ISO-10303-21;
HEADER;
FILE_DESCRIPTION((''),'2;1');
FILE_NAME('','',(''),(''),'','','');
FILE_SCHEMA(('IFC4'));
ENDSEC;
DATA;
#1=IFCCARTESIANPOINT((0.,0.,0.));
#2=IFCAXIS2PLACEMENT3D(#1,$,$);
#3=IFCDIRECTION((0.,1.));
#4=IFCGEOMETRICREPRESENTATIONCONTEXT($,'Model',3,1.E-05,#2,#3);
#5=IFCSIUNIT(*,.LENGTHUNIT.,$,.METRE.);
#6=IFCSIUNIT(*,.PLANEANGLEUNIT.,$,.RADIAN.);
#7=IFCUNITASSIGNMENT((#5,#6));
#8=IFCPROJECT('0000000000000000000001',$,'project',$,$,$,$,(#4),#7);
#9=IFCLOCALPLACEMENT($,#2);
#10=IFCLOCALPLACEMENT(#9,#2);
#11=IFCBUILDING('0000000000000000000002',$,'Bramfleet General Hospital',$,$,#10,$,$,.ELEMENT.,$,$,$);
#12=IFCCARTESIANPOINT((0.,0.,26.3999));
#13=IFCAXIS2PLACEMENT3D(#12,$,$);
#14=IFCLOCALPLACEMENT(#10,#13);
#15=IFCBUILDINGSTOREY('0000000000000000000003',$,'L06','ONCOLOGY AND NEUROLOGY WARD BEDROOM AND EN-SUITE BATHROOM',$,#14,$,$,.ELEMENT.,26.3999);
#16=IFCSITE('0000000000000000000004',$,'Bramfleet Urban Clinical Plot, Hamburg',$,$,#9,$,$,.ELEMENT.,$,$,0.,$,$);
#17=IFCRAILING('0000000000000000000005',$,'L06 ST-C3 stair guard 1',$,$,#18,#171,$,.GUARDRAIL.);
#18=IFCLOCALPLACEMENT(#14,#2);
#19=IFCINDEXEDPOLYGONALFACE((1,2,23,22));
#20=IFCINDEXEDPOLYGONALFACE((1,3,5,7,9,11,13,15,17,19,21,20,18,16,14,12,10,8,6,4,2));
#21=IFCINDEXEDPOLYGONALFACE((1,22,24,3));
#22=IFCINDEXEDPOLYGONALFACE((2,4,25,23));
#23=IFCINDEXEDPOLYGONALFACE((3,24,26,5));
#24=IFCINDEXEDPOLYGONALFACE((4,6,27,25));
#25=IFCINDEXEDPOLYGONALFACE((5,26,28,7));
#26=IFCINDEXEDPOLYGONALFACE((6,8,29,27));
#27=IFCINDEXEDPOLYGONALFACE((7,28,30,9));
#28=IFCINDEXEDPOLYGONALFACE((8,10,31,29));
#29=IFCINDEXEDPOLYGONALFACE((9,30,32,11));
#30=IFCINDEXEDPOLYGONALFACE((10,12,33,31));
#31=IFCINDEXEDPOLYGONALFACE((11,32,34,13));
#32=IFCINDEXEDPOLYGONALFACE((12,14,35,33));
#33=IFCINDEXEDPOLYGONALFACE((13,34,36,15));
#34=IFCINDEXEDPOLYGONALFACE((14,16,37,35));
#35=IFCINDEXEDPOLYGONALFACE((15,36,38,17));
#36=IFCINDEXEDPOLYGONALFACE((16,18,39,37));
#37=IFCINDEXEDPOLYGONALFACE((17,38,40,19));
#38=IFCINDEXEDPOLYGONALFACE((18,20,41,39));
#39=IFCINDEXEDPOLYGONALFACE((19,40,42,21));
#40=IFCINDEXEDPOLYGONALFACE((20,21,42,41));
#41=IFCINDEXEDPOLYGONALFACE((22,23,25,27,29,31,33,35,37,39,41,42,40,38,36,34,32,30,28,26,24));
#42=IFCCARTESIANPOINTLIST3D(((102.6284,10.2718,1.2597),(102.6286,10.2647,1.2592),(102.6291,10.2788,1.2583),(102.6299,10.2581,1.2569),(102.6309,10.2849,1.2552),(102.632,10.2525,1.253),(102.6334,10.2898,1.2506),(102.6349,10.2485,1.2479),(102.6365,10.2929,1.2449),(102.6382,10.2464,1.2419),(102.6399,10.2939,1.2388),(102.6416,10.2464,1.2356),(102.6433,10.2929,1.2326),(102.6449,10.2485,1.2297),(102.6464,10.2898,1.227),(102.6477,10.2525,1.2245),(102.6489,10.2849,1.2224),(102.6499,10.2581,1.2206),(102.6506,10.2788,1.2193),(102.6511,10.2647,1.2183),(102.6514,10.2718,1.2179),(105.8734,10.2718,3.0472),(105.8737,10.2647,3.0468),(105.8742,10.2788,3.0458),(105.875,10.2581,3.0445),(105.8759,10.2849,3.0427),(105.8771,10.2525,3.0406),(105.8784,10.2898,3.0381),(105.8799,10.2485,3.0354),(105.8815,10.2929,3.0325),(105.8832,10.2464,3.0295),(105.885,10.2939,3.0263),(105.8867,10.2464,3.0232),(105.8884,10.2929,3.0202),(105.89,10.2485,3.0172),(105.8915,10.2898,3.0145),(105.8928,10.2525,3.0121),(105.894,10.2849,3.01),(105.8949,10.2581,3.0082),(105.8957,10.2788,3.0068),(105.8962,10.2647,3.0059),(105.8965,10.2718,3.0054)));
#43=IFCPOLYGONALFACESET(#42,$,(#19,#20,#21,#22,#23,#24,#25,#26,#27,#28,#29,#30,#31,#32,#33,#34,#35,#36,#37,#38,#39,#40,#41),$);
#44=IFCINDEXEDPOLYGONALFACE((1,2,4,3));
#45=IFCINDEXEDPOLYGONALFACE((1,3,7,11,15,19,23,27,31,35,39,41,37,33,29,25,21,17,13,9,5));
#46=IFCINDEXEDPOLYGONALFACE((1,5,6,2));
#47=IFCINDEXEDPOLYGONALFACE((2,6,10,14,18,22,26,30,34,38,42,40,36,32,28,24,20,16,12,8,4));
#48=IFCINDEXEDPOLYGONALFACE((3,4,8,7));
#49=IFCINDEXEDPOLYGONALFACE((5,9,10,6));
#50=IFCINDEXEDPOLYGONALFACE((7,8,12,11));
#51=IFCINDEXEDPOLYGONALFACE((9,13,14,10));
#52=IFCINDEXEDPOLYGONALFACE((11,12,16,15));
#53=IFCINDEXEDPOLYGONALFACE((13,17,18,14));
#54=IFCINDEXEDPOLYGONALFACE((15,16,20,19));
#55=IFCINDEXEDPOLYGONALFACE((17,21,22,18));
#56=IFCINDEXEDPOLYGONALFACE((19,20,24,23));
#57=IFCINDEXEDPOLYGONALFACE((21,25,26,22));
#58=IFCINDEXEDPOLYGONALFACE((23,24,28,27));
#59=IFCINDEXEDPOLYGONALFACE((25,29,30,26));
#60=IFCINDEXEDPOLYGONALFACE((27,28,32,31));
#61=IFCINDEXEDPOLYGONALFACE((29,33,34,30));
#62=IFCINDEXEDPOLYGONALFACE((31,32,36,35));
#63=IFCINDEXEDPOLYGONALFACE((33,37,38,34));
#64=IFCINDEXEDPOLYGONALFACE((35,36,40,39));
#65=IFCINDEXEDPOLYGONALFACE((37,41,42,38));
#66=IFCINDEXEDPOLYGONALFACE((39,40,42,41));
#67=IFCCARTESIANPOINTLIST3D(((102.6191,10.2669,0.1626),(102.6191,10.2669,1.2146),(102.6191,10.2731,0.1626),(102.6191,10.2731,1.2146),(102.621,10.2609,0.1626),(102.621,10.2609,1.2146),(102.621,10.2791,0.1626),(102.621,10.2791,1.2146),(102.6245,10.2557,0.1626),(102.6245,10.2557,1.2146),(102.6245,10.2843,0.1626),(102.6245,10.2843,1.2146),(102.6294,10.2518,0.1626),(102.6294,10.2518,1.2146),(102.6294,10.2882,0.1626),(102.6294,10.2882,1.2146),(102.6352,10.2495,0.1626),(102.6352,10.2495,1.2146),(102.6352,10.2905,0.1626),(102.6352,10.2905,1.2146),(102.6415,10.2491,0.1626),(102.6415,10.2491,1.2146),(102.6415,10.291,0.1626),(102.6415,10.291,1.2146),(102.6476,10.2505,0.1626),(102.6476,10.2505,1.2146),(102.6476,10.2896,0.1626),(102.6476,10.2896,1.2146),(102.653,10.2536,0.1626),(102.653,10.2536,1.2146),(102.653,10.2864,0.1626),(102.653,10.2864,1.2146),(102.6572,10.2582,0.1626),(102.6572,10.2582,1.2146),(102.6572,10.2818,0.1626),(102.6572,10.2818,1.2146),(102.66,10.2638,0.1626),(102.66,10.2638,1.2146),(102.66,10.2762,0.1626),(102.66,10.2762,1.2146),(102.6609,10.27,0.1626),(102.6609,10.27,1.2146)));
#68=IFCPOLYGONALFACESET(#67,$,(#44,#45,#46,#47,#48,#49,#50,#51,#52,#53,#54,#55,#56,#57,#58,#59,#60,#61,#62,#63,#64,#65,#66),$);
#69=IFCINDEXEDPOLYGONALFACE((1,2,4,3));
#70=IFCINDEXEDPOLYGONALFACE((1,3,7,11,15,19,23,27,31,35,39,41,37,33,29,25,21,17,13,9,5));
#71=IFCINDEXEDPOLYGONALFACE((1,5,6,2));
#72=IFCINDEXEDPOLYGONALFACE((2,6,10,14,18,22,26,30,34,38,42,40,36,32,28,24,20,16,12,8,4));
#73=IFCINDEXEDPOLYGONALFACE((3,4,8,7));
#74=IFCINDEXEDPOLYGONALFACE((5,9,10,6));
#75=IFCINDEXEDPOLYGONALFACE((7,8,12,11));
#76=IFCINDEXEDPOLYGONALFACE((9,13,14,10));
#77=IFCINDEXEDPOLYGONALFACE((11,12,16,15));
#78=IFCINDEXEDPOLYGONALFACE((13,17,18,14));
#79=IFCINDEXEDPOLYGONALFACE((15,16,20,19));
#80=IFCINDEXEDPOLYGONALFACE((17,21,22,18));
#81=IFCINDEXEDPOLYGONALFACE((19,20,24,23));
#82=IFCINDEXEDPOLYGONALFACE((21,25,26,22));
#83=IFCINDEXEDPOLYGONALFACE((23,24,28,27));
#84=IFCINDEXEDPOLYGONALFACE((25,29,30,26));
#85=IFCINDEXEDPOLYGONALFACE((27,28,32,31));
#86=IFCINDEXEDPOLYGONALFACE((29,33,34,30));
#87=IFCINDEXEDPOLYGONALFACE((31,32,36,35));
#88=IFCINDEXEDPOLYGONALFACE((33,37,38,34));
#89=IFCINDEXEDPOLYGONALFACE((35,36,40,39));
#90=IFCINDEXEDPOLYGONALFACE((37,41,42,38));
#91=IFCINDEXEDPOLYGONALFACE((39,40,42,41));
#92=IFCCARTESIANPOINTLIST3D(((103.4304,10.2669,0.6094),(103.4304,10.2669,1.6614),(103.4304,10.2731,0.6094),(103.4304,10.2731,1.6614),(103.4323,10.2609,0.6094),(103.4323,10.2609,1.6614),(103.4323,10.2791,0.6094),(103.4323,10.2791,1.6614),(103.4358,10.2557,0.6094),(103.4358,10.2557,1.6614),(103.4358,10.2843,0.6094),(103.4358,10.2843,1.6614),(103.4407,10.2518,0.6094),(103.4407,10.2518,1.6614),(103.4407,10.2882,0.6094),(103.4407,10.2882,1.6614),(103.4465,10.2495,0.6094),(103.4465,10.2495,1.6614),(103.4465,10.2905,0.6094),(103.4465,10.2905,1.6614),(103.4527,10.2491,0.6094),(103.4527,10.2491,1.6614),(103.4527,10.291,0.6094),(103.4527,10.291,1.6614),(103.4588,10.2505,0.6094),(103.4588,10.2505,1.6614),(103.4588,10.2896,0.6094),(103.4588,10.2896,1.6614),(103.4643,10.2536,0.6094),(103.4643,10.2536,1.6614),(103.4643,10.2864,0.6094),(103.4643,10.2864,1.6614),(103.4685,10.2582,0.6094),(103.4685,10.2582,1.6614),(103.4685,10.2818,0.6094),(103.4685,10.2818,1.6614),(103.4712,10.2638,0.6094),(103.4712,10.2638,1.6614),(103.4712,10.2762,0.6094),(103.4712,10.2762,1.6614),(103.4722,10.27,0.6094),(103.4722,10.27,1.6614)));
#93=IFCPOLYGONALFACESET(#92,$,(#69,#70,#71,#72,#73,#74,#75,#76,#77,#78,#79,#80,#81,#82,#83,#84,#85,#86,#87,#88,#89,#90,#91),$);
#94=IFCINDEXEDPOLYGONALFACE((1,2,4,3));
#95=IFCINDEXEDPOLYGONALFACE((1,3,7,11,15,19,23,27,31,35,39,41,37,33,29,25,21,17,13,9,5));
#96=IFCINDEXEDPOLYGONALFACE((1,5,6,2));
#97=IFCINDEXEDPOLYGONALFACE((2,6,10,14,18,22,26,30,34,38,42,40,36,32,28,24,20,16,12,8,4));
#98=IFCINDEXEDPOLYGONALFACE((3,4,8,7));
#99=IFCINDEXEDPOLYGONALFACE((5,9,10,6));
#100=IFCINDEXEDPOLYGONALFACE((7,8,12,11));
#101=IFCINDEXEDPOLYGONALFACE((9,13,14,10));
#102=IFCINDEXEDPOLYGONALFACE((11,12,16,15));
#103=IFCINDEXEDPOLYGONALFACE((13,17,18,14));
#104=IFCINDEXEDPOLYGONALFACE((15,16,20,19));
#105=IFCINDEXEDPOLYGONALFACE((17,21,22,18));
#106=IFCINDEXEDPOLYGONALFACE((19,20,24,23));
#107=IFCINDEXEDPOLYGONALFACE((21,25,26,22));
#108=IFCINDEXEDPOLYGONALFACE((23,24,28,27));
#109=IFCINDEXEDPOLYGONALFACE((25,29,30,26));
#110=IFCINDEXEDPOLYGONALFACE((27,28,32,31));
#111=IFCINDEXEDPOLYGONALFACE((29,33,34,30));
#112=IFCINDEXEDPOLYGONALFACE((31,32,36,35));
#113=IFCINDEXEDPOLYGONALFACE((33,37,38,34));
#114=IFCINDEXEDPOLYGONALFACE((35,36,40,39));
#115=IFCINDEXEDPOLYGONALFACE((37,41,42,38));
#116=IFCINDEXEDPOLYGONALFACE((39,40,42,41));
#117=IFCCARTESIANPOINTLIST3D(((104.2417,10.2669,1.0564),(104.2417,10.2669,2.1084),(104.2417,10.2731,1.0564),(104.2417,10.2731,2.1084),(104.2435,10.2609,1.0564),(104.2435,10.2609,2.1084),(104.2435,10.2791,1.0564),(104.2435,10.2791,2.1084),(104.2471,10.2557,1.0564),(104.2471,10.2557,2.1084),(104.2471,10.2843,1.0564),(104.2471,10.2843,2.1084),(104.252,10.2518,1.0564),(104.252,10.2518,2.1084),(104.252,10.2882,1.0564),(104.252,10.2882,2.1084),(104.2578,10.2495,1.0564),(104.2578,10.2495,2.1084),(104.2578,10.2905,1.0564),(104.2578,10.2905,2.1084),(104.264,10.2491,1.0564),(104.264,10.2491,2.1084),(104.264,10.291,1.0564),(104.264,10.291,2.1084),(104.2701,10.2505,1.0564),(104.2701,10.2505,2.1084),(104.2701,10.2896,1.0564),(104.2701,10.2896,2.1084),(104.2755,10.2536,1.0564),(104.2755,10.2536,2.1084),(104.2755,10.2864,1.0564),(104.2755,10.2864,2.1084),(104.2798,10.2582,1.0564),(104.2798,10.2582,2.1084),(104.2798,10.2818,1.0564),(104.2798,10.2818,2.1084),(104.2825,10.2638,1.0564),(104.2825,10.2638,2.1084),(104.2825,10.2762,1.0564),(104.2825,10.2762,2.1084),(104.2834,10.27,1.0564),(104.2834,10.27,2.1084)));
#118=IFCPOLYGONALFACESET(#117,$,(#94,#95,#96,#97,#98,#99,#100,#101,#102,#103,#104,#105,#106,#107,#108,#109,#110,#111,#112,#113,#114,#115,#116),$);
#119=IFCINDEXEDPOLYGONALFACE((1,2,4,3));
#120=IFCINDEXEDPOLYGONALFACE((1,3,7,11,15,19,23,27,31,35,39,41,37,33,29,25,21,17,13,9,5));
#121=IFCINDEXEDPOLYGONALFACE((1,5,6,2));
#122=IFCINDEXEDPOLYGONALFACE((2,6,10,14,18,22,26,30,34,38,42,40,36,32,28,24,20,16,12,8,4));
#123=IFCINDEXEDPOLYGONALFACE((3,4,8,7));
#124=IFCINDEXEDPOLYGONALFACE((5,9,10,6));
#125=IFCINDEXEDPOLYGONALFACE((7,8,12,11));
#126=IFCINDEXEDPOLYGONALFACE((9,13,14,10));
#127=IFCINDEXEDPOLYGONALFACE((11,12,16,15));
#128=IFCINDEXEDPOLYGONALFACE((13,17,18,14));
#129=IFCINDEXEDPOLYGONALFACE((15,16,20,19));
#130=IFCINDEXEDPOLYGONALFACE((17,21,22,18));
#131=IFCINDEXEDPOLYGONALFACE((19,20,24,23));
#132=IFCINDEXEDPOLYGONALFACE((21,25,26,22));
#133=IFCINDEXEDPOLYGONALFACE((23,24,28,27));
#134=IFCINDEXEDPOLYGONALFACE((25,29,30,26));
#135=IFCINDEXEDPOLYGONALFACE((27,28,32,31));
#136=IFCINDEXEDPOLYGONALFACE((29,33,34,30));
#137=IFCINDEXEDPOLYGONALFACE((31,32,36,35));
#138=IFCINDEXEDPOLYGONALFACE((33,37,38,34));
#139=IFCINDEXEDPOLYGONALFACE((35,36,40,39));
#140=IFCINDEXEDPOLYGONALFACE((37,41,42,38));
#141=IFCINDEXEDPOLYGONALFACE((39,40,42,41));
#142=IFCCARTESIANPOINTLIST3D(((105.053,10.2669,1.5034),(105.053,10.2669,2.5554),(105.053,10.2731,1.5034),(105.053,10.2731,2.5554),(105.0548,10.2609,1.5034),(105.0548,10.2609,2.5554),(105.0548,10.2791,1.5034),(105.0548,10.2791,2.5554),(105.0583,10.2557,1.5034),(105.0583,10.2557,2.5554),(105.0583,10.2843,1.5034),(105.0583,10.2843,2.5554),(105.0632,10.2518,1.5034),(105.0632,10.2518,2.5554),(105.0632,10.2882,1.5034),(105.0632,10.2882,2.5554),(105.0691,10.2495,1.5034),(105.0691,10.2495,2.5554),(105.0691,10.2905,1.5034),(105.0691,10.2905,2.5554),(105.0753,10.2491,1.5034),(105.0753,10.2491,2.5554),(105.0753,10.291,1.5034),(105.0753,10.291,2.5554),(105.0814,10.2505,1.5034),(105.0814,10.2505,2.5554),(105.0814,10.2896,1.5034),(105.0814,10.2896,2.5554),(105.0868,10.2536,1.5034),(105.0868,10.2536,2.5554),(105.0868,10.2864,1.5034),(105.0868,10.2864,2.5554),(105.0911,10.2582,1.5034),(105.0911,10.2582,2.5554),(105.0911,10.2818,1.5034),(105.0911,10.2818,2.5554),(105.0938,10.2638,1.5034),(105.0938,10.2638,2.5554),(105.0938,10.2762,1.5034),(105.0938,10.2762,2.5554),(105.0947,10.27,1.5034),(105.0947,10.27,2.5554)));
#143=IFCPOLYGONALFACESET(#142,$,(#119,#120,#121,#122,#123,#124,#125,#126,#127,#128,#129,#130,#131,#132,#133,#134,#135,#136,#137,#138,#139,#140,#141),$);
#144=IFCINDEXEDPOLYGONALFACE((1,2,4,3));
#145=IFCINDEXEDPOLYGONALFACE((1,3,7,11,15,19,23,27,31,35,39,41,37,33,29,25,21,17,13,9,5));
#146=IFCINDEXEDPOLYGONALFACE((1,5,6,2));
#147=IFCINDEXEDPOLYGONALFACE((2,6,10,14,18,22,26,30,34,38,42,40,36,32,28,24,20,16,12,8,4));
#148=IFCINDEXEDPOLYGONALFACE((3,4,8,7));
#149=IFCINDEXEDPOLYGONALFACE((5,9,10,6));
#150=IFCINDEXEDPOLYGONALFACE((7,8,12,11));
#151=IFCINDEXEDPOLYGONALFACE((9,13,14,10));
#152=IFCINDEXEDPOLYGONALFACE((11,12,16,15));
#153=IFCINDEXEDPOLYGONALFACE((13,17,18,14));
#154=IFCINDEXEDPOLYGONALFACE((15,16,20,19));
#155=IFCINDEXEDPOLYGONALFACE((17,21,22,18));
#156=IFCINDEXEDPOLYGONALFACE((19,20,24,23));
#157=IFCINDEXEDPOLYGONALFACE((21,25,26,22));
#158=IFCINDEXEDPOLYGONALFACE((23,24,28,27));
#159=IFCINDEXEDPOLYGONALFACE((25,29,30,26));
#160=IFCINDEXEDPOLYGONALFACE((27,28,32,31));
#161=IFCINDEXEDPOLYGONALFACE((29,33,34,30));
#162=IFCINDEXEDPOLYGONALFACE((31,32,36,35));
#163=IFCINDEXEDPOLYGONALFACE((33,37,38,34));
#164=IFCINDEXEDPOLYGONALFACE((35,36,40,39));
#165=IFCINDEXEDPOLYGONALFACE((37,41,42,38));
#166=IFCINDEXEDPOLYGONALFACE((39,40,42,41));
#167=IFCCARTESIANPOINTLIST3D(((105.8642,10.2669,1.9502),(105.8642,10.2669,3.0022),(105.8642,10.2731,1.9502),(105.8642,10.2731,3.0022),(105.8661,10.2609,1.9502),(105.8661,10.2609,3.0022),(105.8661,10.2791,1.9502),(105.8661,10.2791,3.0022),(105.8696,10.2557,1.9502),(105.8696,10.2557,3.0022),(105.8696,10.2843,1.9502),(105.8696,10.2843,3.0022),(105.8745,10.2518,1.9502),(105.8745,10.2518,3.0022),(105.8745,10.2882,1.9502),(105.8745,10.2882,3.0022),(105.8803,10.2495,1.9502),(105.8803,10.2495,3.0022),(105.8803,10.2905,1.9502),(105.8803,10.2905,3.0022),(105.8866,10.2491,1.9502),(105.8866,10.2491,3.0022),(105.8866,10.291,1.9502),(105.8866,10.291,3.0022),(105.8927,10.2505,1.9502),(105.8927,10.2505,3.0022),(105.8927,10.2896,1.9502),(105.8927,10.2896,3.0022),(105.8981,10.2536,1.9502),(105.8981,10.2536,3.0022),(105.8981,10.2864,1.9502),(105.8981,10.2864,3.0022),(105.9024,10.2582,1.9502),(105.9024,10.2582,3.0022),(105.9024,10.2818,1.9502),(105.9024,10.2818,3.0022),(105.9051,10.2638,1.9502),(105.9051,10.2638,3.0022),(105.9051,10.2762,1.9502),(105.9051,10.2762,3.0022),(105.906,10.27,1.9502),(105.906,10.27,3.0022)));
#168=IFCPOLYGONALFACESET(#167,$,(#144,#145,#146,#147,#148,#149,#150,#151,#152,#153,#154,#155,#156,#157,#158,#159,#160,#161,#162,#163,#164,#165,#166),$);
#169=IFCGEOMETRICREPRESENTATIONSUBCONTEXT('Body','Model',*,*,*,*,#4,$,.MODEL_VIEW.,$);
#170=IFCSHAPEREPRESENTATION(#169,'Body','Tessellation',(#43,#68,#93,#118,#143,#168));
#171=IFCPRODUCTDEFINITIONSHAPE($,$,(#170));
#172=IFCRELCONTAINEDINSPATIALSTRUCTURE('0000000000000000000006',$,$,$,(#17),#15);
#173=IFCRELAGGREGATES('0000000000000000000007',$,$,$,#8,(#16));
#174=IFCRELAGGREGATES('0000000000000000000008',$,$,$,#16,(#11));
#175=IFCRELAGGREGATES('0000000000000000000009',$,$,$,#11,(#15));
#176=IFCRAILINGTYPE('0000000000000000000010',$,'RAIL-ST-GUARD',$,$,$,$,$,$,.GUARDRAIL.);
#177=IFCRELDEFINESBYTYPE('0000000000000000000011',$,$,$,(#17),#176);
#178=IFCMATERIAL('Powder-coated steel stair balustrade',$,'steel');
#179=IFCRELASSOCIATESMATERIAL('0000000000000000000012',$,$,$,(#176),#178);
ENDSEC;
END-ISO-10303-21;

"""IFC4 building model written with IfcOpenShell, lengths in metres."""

from ifc_helpers import new_model, si_unit, direction, frame, origin, origin_2d, place, context, subcontext, project, spatial, circle, extrude, material, type_object, element, save


model = new_model("IFC4")

# Units and contexts
model_context = context("Model", 3, precision=1e-05, world=origin(), true_north=direction((0.0, 1.0)))
body_context = subcontext(model_context, "Body", "Model", "MODEL_VIEW")
ifc_project = project(units=[si_unit("LENGTHUNIT", "METRE"), si_unit("PLANEANGLEUNIT", "RADIAN")], contexts=[model_context])

# Site, building, storey
site_placement = place(None, origin())
site = spatial("IfcSite", under=ifc_project, at=site_placement, Name="Bramfleet Urban Clinical Plot, Hamburg", CompositionType="ELEMENT", RefElevation=0.0)
building_placement = place(site_placement, origin())
building = spatial("IfcBuilding", under=site, at=building_placement, Name="Bramfleet General Hospital", CompositionType="ELEMENT")
storey_placement = place(building_placement, frame((0.0, 0.0, 26.3999)))
storey = spatial("IfcBuildingStorey", under=building, at=storey_placement, Name="L06", Description="ONCOLOGY AND NEUROLOGY WARD BEDROOM AND EN-SUITE BATHROOM", CompositionType="ELEMENT", Elevation=26.3999)

# Railing
ifc_material_1 = material(Name="Powder-coated steel stair balustrade", Category="steel")
railing_type_1 = type_object("IfcRailingType", Name="RAIL-ST-GUARD", PredefinedType="GUARDRAIL", material=ifc_material_1)
railing_1_placement = place(storey_placement, frame((102.6399, 10.27, 0.1626)))
element("IfcRailing", 1, at=railing_1_placement, inside=storey, type_object=railing_type_1, Name="L06 ST-C3 stair guard 1", PredefinedType="GUARDRAIL", context=body_context, shape_type="SweptSolid", body=[
    extrude(circle(Radius=0.0239, at=origin_2d()), frame((0.0, 0.0, 1.0762), z_axis=(0.875899, 0.0, 0.482495), x_axis=(0.0, 1.0, 0.0)), (0.0, 0.0, 1.0), 3.7048),
    extrude(circle(Radius=0.021, at=origin_2d()), origin(), (0.0, 0.0, 1.0), 1.052),
    extrude(circle(Radius=0.021, at=origin_2d()), frame((0.8113, 0.0, 0.4468)), (0.0, 0.0, 1.0), 1.052),
    extrude(circle(Radius=0.021, at=origin_2d()), frame((1.6226, 0.0, 0.8938)), (0.0, 0.0, 1.0), 1.052),
    extrude(circle(Radius=0.021, at=origin_2d()), frame((2.4338, 0.0, 1.3408)), (0.0, 0.0, 1.0), 1.052),
    extrude(circle(Radius=0.021, at=origin_2d()), frame((3.2451, 0.0, 1.7876)), (0.0, 0.0, 1.0), 1.052),
])

save(model, "model.ifc")
